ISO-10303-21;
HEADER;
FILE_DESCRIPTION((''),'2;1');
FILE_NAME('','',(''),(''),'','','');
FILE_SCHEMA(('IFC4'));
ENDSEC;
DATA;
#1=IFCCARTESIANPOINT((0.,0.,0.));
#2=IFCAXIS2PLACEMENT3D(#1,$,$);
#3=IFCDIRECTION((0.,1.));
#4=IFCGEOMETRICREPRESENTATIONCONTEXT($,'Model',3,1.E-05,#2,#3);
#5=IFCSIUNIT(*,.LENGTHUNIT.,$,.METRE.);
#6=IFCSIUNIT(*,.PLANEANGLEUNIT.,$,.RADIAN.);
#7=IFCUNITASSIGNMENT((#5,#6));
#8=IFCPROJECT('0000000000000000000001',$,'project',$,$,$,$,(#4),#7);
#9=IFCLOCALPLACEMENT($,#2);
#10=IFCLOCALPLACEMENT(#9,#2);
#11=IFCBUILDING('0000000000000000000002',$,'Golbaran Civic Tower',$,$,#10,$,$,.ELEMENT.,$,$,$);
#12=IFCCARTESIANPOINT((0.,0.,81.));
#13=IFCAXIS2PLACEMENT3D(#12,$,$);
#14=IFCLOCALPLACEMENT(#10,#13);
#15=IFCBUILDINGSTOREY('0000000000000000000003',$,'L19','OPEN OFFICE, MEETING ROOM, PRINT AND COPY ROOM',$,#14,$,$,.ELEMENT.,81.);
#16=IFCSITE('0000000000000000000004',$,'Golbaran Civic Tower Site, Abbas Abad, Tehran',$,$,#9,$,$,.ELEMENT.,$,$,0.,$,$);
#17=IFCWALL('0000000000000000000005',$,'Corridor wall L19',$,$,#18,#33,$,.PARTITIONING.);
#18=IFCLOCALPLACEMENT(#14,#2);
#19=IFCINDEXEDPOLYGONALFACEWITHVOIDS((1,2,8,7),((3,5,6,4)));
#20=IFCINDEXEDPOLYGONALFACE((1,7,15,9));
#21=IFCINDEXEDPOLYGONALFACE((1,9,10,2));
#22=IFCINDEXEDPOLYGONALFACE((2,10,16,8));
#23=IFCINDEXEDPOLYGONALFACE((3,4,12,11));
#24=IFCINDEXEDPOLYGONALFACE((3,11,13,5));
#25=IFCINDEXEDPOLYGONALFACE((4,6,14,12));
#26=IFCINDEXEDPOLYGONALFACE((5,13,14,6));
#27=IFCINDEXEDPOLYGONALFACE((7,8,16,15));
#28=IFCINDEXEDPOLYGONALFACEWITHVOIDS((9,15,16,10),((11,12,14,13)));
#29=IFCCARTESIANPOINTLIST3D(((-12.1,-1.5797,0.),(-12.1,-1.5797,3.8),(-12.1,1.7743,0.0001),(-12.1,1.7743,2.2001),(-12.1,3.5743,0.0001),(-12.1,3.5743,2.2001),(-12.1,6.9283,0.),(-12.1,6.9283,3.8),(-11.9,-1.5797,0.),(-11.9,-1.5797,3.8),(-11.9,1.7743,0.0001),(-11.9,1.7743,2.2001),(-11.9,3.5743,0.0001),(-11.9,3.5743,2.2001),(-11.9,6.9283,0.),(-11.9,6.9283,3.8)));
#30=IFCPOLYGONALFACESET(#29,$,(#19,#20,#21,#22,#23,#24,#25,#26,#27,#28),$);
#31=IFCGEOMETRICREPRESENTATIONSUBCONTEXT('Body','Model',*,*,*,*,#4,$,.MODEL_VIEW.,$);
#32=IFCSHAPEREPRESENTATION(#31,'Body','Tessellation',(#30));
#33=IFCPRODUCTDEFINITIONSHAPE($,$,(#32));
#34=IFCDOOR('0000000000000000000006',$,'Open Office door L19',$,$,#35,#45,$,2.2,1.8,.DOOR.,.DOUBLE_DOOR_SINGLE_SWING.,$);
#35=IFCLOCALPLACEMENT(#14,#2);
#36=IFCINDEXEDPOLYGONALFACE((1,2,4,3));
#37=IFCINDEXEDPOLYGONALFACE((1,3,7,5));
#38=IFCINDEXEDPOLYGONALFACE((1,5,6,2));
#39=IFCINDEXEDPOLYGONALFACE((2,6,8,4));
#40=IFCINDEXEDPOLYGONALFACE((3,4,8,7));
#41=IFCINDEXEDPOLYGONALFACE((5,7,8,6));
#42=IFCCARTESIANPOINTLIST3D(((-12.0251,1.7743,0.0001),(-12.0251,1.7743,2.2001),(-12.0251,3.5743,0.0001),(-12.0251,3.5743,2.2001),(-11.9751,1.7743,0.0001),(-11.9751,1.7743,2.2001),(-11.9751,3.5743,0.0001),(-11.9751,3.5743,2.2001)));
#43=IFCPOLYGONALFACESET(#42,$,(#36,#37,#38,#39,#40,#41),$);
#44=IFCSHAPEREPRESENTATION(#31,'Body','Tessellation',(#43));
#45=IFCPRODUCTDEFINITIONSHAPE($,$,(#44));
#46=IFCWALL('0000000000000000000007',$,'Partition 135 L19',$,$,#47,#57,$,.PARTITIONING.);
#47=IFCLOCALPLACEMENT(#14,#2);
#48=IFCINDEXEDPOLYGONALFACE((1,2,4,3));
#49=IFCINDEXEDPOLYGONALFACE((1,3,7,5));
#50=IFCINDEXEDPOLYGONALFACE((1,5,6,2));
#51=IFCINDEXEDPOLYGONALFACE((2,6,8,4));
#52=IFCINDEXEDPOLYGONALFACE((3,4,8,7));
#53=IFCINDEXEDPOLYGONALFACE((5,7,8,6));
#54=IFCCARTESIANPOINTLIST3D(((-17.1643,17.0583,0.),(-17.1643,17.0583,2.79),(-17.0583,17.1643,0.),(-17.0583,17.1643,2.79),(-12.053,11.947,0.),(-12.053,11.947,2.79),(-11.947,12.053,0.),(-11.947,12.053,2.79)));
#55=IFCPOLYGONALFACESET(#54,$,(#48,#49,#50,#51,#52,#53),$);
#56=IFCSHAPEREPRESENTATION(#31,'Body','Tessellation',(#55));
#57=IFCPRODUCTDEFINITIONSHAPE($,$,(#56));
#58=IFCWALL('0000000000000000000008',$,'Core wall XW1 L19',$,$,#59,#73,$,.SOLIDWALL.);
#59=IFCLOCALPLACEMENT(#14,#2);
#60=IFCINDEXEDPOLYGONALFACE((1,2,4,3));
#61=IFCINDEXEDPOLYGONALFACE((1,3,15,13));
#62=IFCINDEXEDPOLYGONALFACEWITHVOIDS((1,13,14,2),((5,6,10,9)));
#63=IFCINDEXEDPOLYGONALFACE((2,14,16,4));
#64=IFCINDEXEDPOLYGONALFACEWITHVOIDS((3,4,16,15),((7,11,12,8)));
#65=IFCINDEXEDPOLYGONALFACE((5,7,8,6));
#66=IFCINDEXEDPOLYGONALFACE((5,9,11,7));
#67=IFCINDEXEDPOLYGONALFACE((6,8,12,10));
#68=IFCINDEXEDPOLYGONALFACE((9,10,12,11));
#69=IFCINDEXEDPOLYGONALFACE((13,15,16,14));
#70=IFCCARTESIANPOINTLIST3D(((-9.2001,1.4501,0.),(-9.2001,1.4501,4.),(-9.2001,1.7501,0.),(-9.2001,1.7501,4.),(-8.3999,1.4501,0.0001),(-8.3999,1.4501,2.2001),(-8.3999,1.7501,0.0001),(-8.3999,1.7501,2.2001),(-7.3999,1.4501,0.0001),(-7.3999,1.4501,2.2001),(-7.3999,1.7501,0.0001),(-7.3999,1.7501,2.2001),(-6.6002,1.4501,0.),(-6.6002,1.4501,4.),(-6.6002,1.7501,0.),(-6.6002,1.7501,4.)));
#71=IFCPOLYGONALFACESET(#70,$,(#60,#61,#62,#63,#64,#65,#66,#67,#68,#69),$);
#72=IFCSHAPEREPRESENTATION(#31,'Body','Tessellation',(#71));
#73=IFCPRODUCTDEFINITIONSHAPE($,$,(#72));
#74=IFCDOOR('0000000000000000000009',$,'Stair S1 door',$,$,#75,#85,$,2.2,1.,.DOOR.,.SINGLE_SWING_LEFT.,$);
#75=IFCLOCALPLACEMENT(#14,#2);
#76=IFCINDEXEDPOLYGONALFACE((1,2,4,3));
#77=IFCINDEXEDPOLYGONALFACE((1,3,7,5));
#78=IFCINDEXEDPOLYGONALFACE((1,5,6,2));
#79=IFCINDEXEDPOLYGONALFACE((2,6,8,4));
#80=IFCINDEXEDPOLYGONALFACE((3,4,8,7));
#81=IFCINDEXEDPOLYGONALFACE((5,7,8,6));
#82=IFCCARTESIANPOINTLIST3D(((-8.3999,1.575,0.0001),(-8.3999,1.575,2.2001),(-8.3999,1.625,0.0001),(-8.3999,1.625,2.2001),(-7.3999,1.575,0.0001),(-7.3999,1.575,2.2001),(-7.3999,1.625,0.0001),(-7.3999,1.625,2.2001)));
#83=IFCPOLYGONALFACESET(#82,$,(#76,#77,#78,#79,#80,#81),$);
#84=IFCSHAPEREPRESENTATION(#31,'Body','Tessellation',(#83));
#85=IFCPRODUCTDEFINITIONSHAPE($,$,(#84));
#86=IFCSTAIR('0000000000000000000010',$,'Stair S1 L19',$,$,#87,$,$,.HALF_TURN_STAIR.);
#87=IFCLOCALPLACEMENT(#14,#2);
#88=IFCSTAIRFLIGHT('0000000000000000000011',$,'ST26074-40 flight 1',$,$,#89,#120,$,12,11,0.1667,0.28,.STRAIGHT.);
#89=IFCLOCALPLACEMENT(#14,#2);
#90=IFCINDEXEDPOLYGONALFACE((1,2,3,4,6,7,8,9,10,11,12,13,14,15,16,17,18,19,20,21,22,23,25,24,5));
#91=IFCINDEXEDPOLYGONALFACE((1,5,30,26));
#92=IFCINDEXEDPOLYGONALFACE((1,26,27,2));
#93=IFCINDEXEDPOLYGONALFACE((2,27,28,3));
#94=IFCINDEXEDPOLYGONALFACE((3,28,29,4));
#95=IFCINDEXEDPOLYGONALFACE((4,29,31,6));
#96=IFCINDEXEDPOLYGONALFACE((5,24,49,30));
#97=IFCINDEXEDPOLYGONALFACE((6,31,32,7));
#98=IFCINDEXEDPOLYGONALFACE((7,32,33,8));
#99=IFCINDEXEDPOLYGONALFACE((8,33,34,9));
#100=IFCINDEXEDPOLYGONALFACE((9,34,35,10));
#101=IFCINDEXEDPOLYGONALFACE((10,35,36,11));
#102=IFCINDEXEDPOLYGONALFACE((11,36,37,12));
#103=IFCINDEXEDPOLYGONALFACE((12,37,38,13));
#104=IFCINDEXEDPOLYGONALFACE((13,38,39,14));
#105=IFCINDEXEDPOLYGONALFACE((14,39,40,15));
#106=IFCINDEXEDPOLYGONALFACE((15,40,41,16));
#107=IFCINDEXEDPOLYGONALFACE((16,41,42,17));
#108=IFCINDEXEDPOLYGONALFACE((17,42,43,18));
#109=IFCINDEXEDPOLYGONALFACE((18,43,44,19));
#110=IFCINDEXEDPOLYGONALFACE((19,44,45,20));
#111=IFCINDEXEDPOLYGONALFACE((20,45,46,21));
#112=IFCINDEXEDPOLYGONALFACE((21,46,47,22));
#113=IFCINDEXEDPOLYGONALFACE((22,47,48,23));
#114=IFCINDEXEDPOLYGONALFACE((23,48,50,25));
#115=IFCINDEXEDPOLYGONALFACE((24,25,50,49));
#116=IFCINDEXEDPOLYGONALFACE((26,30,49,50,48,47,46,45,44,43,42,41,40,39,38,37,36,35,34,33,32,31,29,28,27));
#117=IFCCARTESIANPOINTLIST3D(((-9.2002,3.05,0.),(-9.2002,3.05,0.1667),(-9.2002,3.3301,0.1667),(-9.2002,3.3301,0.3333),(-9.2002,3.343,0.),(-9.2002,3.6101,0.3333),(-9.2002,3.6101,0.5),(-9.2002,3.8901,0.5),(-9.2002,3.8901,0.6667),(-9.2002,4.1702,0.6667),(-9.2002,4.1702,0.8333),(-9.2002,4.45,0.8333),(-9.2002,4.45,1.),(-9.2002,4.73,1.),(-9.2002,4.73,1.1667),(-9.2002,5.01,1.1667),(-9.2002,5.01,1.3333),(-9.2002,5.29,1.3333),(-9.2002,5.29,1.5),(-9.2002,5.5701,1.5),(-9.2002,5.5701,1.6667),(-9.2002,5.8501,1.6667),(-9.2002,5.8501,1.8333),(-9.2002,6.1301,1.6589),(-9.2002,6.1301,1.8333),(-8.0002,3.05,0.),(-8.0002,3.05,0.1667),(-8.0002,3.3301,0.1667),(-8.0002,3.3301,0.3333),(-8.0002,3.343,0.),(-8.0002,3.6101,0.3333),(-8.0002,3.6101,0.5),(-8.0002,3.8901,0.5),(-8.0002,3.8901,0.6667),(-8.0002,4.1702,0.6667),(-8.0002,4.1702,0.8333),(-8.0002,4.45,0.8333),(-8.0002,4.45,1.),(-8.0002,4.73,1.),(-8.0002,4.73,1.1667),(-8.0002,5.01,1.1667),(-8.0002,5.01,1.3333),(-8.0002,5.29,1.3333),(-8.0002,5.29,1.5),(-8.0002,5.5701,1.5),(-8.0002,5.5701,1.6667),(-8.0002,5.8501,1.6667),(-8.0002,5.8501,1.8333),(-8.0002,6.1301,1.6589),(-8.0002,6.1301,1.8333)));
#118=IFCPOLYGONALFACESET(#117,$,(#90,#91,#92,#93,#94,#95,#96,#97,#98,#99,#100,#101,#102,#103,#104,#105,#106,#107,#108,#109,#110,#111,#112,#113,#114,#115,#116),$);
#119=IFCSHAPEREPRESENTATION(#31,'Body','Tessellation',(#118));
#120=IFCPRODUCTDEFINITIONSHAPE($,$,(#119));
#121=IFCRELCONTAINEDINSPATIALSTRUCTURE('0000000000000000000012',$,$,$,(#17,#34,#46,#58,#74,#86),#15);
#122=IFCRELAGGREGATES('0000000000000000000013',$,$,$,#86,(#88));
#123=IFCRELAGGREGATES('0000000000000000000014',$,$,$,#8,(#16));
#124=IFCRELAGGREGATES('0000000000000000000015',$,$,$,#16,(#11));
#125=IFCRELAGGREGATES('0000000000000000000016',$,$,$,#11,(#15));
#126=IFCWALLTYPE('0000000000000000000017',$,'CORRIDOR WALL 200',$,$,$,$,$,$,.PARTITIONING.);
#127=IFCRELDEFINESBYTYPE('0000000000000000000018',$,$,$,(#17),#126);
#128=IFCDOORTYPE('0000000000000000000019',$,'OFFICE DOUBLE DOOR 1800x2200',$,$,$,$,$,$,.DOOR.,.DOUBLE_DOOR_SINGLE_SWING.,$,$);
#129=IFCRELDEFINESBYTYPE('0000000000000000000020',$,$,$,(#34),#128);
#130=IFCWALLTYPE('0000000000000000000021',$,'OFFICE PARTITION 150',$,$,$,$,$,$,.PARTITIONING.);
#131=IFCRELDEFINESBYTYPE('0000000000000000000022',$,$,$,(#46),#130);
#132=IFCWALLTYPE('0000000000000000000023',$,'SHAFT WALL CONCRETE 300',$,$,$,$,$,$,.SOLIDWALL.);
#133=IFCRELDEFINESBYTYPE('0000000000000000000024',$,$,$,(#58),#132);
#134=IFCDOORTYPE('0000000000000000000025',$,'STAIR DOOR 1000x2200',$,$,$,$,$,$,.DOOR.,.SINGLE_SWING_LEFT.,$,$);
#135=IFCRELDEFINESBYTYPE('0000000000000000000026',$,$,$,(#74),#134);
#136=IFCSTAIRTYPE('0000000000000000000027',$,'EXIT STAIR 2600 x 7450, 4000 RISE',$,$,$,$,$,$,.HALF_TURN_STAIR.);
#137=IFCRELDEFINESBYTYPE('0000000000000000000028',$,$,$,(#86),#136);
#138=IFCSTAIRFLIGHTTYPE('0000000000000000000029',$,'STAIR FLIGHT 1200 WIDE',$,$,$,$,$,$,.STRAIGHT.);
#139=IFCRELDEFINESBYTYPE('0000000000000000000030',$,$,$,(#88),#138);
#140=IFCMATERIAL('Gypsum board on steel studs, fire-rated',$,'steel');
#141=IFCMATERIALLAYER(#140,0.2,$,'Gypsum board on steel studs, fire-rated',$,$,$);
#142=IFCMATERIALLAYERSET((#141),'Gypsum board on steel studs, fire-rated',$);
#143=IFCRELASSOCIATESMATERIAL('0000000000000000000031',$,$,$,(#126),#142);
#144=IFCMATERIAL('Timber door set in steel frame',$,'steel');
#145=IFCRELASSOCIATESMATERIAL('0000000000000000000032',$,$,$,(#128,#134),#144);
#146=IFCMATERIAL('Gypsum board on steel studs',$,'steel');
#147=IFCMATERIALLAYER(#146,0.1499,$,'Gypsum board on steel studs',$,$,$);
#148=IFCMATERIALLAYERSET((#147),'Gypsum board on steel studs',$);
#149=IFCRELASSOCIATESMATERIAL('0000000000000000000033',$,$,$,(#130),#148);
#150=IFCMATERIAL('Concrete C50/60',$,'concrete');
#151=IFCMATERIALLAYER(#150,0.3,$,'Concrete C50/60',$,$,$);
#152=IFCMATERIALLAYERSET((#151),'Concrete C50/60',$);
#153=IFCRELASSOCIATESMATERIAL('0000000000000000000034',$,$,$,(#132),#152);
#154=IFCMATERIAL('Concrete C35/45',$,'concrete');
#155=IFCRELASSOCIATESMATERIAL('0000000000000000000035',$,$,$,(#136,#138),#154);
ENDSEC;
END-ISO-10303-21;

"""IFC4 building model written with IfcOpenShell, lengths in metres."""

from ifc_helpers import new_model, si_unit, direction, frame, frame_2d, origin, place, context, subcontext, project, spatial, polyline, rectangle, outline, extrude, material, layer, layer_set, type_object, element, fill, aggregate, save


model = new_model("IFC4")

# Units and contexts
model_context = context("Model", 3, precision=1e-05, world=origin(), true_north=direction((0.0, 1.0)))
body_context = subcontext(model_context, "Body", "Model", "MODEL_VIEW")
ifc_project = project(units=[si_unit("LENGTHUNIT", "METRE"), si_unit("PLANEANGLEUNIT", "RADIAN")], contexts=[model_context])

# Site, building, storey
site_placement = place(None, origin())
site = spatial("IfcSite", under=ifc_project, at=site_placement, Name="Golbaran Civic Tower Site, Abbas Abad, Tehran", CompositionType="ELEMENT", RefElevation=0.0)
building_placement = place(site_placement, origin())
building = spatial("IfcBuilding", under=site, at=building_placement, Name="Golbaran Civic Tower", CompositionType="ELEMENT")
storey_placement = place(building_placement, frame((0.0, 0.0, 81.0)))
storey = spatial("IfcBuildingStorey", under=building, at=storey_placement, Name="L19", Description="OPEN OFFICE, MEETING ROOM, PRINT AND COPY ROOM", CompositionType="ELEMENT", Elevation=81.0)

# Shared definitions
ifc_material_1 = material(Name="Concrete C50/60", Category="concrete")
ifc_material_2 = material(Name="Timber door set in steel frame", Category="steel")

# Wall, opening, door
ifc_material_3 = material(Name="Gypsum board on steel studs, fire-rated", Category="steel")
ifc_layer_1 = layer(ifc_material_3, 0.2, Name="Gypsum board on steel studs, fire-rated")
ifc_layer_set_1 = layer_set([ifc_layer_1], Name="Gypsum board on steel studs, fire-rated")
wall_type_1 = type_object("IfcWallType", Name="CORRIDOR WALL 200", PredefinedType="PARTITIONING", material=ifc_layer_set_1)
wall_1_placement = place(storey_placement, frame((-12.0, 6.9282, 0.0), z_axis=(0.0, 0.0, 1.0), x_axis=(0.0, -1.0, 0.0)))
wall_1 = element("IfcWall", 1, at=wall_1_placement, inside=storey, type_object=wall_type_1, Name="Corridor wall L19", PredefinedType="PARTITIONING", context=body_context, shape_type="SweptSolid", body=[
    extrude(rectangle(XDim=8.5081, YDim=0.2, at=frame_2d((4.2539, 0.0))), origin(), (0.0, 0.0, 1.0), 3.8),
])
opening_1_placement = place(wall_1_placement, frame((3.354, 0.0, 0.0)))
opening_1 = element("IfcOpeningElement", 2, at=opening_1_placement, cuts=wall_1, PredefinedType="OPENING", context=body_context, shape_type="SweptSolid", body=[
    extrude(rectangle(XDim=1.8, YDim=2.2, at=frame_2d((0.8999, 1.1001))), frame((0.0, 0.1099, 0.0), z_axis=(0.0, -1.0, 0.0), x_axis=(1.0, 0.0, 0.0)), (0.0, 0.0, 1.0), 0.22),
])
door_type_1 = type_object("IfcDoorType", Name="OFFICE DOUBLE DOOR 1800x2200", OperationType="DOUBLE_DOOR_SINGLE_SWING", PredefinedType="DOOR", material=ifc_material_2)
door_1_placement = place(opening_1_placement, origin())
door_1 = element("IfcDoor", 3, at=door_1_placement, inside=storey, type_object=door_type_1, Name="Open Office door L19", OperationType="DOUBLE_DOOR_SINGLE_SWING", OverallHeight=2.2, OverallWidth=1.8, PredefinedType="DOOR", context=body_context, shape_type="SweptSolid", body=[
    extrude(rectangle(XDim=1.8, YDim=2.2, at=frame_2d((0.8999, 1.1001))), frame((0.0, 0.0249, 0.0), z_axis=(0.0, -1.0, 0.0), x_axis=(1.0, 0.0, 0.0)), (0.0, 0.0, 1.0), 0.05),
])
fill(opening_1, door_1)

# Wall
ifc_material_4 = material(Name="Gypsum board on steel studs", Category="steel")
ifc_layer_2 = layer(ifc_material_4, 0.1499, Name="Gypsum board on steel studs")
ifc_layer_set_2 = layer_set([ifc_layer_2], Name="Gypsum board on steel studs")
wall_type_2 = type_object("IfcWallType", Name="OFFICE PARTITION 150", PredefinedType="PARTITIONING", material=ifc_layer_set_2)
wall_2_placement = place(storey_placement, frame((-12.0, 12.0, 0.0), z_axis=(0.0, 0.0, 1.0), x_axis=(-0.707107, 0.707107, 0.0)))
element("IfcWall", 4, at=wall_2_placement, inside=storey, type_object=wall_type_2, Name="Partition 135 L19", PredefinedType="PARTITIONING", context=body_context, shape_type="SweptSolid", body=[
    extrude(rectangle(XDim=7.2285, YDim=0.1499, at=frame_2d((3.6143, 0.0))), origin(), (0.0, 0.0, 1.0), 2.79),
])

# Wall, opening, door
ifc_layer_3 = layer(ifc_material_1, 0.3, Name="Concrete C50/60")
ifc_layer_set_3 = layer_set([ifc_layer_3], Name="Concrete C50/60")
wall_type_3 = type_object("IfcWallType", Name="SHAFT WALL CONCRETE 300", PredefinedType="SOLIDWALL", material=ifc_layer_set_3)
wall_3_placement = place(storey_placement, frame((-9.2, 1.6001, 0.0), z_axis=(0.0, 0.0, 1.0), x_axis=(1.0, 0.0, 0.0)))
wall_3 = element("IfcWall", 5, at=wall_3_placement, inside=storey, type_object=wall_type_3, Name="Core wall XW1 L19", PredefinedType="SOLIDWALL", context=body_context, shape_type="SweptSolid", body=[
    extrude(rectangle(XDim=2.5999, YDim=0.3, at=frame_2d((1.2998, 0.0))), origin(), (0.0, 0.0, 1.0), 4.0),
])
opening_2_placement = place(wall_3_placement, frame((0.8, 0.0, 0.0)))
opening_2 = element("IfcOpeningElement", 6, at=opening_2_placement, cuts=wall_3, PredefinedType="OPENING", context=body_context, shape_type="SweptSolid", body=[
    extrude(rectangle(XDim=1.0, YDim=2.2, at=frame_2d((0.5, 1.1001))), frame((0.0, 0.1599, 0.0), z_axis=(0.0, -1.0, 0.0), x_axis=(1.0, 0.0, 0.0)), (0.0, 0.0, 1.0), 0.3201),
])
door_type_2 = type_object("IfcDoorType", Name="STAIR DOOR 1000x2200", OperationType="SINGLE_SWING_LEFT", PredefinedType="DOOR", material=ifc_material_2)
door_2_placement = place(opening_2_placement, origin())
door_2 = element("IfcDoor", 7, at=door_2_placement, inside=storey, type_object=door_type_2, Name="Stair S1 door", OperationType="SINGLE_SWING_LEFT", OverallHeight=2.2, OverallWidth=1.0, PredefinedType="DOOR", context=body_context, shape_type="SweptSolid", body=[
    extrude(rectangle(XDim=1.0, YDim=2.2, at=frame_2d((0.5, 1.1001))), frame((0.0, 0.0249, 0.0), z_axis=(0.0, -1.0, 0.0), x_axis=(1.0, 0.0, 0.0)), (0.0, 0.0, 1.0), 0.05),
])
fill(opening_2, door_2)

# Stair, stair flight
ifc_material_5 = material(Name="Concrete C35/45", Category="concrete")
stair_type = type_object("IfcStairType", Name="EXIT STAIR 2600 x 7450, 4000 RISE", PredefinedType="HALF_TURN_STAIR", material=ifc_material_5)
stair_placement = place(storey_placement, origin())
stair = element("IfcStair", 8, at=stair_placement, inside=storey, type_object=stair_type, Name="Stair S1 L19", PredefinedType="HALF_TURN_STAIR")
stair_flight_type = type_object("IfcStairFlightType", Name="STAIR FLIGHT 1200 WIDE", PredefinedType="STRAIGHT", material=ifc_material_5)
stair_flight_placement = place(storey_placement, frame((-8.6001, 3.05, 0.0), z_axis=(0.0, 0.0, 1.0), x_axis=(0.0, 1.0, 0.0)))
stair_flight = element("IfcStairFlight", 9, at=stair_flight_placement, type_object=stair_flight_type, Name="ST26074-40 flight 1", NumberOfRisers=12, NumberOfTreads=11, PredefinedType="STRAIGHT", RiserHeight=0.1667, TreadLength=0.28, context=body_context, shape_type="SweptSolid", body=[
    extrude(outline(polyline([(0.0, 0.0), (0.0, 0.1667), (0.28, 0.1667), (0.28, 0.3333), (0.5601, 0.3333), (0.5601, 0.5), (0.8401, 0.5), (0.8401, 0.6667), (1.1201, 0.6667), (1.1201, 0.8333), (1.3999, 0.8333), (1.3999, 1.0), (1.6799, 1.0), (1.6799, 1.1667), (1.96, 1.1667), (1.96, 1.3333), (2.24, 1.3333), (2.24, 1.5), (2.52, 1.5), (2.52, 1.6667), (2.8, 1.6667), (2.8, 1.8333), (3.0801, 1.8333), (3.0801, 2.0), (3.0801, 1.6589), (0.293, 0.0), (0.0, 0.0)])), frame((0.0, 0.6001, 0.0), z_axis=(0.0, -1.0, 0.0), x_axis=(1.0, 0.0, 0.0)), (0.0, 0.0, 1.0), 1.2),
])
aggregate(stair, [stair_flight])

save(model, "model.ifc")
